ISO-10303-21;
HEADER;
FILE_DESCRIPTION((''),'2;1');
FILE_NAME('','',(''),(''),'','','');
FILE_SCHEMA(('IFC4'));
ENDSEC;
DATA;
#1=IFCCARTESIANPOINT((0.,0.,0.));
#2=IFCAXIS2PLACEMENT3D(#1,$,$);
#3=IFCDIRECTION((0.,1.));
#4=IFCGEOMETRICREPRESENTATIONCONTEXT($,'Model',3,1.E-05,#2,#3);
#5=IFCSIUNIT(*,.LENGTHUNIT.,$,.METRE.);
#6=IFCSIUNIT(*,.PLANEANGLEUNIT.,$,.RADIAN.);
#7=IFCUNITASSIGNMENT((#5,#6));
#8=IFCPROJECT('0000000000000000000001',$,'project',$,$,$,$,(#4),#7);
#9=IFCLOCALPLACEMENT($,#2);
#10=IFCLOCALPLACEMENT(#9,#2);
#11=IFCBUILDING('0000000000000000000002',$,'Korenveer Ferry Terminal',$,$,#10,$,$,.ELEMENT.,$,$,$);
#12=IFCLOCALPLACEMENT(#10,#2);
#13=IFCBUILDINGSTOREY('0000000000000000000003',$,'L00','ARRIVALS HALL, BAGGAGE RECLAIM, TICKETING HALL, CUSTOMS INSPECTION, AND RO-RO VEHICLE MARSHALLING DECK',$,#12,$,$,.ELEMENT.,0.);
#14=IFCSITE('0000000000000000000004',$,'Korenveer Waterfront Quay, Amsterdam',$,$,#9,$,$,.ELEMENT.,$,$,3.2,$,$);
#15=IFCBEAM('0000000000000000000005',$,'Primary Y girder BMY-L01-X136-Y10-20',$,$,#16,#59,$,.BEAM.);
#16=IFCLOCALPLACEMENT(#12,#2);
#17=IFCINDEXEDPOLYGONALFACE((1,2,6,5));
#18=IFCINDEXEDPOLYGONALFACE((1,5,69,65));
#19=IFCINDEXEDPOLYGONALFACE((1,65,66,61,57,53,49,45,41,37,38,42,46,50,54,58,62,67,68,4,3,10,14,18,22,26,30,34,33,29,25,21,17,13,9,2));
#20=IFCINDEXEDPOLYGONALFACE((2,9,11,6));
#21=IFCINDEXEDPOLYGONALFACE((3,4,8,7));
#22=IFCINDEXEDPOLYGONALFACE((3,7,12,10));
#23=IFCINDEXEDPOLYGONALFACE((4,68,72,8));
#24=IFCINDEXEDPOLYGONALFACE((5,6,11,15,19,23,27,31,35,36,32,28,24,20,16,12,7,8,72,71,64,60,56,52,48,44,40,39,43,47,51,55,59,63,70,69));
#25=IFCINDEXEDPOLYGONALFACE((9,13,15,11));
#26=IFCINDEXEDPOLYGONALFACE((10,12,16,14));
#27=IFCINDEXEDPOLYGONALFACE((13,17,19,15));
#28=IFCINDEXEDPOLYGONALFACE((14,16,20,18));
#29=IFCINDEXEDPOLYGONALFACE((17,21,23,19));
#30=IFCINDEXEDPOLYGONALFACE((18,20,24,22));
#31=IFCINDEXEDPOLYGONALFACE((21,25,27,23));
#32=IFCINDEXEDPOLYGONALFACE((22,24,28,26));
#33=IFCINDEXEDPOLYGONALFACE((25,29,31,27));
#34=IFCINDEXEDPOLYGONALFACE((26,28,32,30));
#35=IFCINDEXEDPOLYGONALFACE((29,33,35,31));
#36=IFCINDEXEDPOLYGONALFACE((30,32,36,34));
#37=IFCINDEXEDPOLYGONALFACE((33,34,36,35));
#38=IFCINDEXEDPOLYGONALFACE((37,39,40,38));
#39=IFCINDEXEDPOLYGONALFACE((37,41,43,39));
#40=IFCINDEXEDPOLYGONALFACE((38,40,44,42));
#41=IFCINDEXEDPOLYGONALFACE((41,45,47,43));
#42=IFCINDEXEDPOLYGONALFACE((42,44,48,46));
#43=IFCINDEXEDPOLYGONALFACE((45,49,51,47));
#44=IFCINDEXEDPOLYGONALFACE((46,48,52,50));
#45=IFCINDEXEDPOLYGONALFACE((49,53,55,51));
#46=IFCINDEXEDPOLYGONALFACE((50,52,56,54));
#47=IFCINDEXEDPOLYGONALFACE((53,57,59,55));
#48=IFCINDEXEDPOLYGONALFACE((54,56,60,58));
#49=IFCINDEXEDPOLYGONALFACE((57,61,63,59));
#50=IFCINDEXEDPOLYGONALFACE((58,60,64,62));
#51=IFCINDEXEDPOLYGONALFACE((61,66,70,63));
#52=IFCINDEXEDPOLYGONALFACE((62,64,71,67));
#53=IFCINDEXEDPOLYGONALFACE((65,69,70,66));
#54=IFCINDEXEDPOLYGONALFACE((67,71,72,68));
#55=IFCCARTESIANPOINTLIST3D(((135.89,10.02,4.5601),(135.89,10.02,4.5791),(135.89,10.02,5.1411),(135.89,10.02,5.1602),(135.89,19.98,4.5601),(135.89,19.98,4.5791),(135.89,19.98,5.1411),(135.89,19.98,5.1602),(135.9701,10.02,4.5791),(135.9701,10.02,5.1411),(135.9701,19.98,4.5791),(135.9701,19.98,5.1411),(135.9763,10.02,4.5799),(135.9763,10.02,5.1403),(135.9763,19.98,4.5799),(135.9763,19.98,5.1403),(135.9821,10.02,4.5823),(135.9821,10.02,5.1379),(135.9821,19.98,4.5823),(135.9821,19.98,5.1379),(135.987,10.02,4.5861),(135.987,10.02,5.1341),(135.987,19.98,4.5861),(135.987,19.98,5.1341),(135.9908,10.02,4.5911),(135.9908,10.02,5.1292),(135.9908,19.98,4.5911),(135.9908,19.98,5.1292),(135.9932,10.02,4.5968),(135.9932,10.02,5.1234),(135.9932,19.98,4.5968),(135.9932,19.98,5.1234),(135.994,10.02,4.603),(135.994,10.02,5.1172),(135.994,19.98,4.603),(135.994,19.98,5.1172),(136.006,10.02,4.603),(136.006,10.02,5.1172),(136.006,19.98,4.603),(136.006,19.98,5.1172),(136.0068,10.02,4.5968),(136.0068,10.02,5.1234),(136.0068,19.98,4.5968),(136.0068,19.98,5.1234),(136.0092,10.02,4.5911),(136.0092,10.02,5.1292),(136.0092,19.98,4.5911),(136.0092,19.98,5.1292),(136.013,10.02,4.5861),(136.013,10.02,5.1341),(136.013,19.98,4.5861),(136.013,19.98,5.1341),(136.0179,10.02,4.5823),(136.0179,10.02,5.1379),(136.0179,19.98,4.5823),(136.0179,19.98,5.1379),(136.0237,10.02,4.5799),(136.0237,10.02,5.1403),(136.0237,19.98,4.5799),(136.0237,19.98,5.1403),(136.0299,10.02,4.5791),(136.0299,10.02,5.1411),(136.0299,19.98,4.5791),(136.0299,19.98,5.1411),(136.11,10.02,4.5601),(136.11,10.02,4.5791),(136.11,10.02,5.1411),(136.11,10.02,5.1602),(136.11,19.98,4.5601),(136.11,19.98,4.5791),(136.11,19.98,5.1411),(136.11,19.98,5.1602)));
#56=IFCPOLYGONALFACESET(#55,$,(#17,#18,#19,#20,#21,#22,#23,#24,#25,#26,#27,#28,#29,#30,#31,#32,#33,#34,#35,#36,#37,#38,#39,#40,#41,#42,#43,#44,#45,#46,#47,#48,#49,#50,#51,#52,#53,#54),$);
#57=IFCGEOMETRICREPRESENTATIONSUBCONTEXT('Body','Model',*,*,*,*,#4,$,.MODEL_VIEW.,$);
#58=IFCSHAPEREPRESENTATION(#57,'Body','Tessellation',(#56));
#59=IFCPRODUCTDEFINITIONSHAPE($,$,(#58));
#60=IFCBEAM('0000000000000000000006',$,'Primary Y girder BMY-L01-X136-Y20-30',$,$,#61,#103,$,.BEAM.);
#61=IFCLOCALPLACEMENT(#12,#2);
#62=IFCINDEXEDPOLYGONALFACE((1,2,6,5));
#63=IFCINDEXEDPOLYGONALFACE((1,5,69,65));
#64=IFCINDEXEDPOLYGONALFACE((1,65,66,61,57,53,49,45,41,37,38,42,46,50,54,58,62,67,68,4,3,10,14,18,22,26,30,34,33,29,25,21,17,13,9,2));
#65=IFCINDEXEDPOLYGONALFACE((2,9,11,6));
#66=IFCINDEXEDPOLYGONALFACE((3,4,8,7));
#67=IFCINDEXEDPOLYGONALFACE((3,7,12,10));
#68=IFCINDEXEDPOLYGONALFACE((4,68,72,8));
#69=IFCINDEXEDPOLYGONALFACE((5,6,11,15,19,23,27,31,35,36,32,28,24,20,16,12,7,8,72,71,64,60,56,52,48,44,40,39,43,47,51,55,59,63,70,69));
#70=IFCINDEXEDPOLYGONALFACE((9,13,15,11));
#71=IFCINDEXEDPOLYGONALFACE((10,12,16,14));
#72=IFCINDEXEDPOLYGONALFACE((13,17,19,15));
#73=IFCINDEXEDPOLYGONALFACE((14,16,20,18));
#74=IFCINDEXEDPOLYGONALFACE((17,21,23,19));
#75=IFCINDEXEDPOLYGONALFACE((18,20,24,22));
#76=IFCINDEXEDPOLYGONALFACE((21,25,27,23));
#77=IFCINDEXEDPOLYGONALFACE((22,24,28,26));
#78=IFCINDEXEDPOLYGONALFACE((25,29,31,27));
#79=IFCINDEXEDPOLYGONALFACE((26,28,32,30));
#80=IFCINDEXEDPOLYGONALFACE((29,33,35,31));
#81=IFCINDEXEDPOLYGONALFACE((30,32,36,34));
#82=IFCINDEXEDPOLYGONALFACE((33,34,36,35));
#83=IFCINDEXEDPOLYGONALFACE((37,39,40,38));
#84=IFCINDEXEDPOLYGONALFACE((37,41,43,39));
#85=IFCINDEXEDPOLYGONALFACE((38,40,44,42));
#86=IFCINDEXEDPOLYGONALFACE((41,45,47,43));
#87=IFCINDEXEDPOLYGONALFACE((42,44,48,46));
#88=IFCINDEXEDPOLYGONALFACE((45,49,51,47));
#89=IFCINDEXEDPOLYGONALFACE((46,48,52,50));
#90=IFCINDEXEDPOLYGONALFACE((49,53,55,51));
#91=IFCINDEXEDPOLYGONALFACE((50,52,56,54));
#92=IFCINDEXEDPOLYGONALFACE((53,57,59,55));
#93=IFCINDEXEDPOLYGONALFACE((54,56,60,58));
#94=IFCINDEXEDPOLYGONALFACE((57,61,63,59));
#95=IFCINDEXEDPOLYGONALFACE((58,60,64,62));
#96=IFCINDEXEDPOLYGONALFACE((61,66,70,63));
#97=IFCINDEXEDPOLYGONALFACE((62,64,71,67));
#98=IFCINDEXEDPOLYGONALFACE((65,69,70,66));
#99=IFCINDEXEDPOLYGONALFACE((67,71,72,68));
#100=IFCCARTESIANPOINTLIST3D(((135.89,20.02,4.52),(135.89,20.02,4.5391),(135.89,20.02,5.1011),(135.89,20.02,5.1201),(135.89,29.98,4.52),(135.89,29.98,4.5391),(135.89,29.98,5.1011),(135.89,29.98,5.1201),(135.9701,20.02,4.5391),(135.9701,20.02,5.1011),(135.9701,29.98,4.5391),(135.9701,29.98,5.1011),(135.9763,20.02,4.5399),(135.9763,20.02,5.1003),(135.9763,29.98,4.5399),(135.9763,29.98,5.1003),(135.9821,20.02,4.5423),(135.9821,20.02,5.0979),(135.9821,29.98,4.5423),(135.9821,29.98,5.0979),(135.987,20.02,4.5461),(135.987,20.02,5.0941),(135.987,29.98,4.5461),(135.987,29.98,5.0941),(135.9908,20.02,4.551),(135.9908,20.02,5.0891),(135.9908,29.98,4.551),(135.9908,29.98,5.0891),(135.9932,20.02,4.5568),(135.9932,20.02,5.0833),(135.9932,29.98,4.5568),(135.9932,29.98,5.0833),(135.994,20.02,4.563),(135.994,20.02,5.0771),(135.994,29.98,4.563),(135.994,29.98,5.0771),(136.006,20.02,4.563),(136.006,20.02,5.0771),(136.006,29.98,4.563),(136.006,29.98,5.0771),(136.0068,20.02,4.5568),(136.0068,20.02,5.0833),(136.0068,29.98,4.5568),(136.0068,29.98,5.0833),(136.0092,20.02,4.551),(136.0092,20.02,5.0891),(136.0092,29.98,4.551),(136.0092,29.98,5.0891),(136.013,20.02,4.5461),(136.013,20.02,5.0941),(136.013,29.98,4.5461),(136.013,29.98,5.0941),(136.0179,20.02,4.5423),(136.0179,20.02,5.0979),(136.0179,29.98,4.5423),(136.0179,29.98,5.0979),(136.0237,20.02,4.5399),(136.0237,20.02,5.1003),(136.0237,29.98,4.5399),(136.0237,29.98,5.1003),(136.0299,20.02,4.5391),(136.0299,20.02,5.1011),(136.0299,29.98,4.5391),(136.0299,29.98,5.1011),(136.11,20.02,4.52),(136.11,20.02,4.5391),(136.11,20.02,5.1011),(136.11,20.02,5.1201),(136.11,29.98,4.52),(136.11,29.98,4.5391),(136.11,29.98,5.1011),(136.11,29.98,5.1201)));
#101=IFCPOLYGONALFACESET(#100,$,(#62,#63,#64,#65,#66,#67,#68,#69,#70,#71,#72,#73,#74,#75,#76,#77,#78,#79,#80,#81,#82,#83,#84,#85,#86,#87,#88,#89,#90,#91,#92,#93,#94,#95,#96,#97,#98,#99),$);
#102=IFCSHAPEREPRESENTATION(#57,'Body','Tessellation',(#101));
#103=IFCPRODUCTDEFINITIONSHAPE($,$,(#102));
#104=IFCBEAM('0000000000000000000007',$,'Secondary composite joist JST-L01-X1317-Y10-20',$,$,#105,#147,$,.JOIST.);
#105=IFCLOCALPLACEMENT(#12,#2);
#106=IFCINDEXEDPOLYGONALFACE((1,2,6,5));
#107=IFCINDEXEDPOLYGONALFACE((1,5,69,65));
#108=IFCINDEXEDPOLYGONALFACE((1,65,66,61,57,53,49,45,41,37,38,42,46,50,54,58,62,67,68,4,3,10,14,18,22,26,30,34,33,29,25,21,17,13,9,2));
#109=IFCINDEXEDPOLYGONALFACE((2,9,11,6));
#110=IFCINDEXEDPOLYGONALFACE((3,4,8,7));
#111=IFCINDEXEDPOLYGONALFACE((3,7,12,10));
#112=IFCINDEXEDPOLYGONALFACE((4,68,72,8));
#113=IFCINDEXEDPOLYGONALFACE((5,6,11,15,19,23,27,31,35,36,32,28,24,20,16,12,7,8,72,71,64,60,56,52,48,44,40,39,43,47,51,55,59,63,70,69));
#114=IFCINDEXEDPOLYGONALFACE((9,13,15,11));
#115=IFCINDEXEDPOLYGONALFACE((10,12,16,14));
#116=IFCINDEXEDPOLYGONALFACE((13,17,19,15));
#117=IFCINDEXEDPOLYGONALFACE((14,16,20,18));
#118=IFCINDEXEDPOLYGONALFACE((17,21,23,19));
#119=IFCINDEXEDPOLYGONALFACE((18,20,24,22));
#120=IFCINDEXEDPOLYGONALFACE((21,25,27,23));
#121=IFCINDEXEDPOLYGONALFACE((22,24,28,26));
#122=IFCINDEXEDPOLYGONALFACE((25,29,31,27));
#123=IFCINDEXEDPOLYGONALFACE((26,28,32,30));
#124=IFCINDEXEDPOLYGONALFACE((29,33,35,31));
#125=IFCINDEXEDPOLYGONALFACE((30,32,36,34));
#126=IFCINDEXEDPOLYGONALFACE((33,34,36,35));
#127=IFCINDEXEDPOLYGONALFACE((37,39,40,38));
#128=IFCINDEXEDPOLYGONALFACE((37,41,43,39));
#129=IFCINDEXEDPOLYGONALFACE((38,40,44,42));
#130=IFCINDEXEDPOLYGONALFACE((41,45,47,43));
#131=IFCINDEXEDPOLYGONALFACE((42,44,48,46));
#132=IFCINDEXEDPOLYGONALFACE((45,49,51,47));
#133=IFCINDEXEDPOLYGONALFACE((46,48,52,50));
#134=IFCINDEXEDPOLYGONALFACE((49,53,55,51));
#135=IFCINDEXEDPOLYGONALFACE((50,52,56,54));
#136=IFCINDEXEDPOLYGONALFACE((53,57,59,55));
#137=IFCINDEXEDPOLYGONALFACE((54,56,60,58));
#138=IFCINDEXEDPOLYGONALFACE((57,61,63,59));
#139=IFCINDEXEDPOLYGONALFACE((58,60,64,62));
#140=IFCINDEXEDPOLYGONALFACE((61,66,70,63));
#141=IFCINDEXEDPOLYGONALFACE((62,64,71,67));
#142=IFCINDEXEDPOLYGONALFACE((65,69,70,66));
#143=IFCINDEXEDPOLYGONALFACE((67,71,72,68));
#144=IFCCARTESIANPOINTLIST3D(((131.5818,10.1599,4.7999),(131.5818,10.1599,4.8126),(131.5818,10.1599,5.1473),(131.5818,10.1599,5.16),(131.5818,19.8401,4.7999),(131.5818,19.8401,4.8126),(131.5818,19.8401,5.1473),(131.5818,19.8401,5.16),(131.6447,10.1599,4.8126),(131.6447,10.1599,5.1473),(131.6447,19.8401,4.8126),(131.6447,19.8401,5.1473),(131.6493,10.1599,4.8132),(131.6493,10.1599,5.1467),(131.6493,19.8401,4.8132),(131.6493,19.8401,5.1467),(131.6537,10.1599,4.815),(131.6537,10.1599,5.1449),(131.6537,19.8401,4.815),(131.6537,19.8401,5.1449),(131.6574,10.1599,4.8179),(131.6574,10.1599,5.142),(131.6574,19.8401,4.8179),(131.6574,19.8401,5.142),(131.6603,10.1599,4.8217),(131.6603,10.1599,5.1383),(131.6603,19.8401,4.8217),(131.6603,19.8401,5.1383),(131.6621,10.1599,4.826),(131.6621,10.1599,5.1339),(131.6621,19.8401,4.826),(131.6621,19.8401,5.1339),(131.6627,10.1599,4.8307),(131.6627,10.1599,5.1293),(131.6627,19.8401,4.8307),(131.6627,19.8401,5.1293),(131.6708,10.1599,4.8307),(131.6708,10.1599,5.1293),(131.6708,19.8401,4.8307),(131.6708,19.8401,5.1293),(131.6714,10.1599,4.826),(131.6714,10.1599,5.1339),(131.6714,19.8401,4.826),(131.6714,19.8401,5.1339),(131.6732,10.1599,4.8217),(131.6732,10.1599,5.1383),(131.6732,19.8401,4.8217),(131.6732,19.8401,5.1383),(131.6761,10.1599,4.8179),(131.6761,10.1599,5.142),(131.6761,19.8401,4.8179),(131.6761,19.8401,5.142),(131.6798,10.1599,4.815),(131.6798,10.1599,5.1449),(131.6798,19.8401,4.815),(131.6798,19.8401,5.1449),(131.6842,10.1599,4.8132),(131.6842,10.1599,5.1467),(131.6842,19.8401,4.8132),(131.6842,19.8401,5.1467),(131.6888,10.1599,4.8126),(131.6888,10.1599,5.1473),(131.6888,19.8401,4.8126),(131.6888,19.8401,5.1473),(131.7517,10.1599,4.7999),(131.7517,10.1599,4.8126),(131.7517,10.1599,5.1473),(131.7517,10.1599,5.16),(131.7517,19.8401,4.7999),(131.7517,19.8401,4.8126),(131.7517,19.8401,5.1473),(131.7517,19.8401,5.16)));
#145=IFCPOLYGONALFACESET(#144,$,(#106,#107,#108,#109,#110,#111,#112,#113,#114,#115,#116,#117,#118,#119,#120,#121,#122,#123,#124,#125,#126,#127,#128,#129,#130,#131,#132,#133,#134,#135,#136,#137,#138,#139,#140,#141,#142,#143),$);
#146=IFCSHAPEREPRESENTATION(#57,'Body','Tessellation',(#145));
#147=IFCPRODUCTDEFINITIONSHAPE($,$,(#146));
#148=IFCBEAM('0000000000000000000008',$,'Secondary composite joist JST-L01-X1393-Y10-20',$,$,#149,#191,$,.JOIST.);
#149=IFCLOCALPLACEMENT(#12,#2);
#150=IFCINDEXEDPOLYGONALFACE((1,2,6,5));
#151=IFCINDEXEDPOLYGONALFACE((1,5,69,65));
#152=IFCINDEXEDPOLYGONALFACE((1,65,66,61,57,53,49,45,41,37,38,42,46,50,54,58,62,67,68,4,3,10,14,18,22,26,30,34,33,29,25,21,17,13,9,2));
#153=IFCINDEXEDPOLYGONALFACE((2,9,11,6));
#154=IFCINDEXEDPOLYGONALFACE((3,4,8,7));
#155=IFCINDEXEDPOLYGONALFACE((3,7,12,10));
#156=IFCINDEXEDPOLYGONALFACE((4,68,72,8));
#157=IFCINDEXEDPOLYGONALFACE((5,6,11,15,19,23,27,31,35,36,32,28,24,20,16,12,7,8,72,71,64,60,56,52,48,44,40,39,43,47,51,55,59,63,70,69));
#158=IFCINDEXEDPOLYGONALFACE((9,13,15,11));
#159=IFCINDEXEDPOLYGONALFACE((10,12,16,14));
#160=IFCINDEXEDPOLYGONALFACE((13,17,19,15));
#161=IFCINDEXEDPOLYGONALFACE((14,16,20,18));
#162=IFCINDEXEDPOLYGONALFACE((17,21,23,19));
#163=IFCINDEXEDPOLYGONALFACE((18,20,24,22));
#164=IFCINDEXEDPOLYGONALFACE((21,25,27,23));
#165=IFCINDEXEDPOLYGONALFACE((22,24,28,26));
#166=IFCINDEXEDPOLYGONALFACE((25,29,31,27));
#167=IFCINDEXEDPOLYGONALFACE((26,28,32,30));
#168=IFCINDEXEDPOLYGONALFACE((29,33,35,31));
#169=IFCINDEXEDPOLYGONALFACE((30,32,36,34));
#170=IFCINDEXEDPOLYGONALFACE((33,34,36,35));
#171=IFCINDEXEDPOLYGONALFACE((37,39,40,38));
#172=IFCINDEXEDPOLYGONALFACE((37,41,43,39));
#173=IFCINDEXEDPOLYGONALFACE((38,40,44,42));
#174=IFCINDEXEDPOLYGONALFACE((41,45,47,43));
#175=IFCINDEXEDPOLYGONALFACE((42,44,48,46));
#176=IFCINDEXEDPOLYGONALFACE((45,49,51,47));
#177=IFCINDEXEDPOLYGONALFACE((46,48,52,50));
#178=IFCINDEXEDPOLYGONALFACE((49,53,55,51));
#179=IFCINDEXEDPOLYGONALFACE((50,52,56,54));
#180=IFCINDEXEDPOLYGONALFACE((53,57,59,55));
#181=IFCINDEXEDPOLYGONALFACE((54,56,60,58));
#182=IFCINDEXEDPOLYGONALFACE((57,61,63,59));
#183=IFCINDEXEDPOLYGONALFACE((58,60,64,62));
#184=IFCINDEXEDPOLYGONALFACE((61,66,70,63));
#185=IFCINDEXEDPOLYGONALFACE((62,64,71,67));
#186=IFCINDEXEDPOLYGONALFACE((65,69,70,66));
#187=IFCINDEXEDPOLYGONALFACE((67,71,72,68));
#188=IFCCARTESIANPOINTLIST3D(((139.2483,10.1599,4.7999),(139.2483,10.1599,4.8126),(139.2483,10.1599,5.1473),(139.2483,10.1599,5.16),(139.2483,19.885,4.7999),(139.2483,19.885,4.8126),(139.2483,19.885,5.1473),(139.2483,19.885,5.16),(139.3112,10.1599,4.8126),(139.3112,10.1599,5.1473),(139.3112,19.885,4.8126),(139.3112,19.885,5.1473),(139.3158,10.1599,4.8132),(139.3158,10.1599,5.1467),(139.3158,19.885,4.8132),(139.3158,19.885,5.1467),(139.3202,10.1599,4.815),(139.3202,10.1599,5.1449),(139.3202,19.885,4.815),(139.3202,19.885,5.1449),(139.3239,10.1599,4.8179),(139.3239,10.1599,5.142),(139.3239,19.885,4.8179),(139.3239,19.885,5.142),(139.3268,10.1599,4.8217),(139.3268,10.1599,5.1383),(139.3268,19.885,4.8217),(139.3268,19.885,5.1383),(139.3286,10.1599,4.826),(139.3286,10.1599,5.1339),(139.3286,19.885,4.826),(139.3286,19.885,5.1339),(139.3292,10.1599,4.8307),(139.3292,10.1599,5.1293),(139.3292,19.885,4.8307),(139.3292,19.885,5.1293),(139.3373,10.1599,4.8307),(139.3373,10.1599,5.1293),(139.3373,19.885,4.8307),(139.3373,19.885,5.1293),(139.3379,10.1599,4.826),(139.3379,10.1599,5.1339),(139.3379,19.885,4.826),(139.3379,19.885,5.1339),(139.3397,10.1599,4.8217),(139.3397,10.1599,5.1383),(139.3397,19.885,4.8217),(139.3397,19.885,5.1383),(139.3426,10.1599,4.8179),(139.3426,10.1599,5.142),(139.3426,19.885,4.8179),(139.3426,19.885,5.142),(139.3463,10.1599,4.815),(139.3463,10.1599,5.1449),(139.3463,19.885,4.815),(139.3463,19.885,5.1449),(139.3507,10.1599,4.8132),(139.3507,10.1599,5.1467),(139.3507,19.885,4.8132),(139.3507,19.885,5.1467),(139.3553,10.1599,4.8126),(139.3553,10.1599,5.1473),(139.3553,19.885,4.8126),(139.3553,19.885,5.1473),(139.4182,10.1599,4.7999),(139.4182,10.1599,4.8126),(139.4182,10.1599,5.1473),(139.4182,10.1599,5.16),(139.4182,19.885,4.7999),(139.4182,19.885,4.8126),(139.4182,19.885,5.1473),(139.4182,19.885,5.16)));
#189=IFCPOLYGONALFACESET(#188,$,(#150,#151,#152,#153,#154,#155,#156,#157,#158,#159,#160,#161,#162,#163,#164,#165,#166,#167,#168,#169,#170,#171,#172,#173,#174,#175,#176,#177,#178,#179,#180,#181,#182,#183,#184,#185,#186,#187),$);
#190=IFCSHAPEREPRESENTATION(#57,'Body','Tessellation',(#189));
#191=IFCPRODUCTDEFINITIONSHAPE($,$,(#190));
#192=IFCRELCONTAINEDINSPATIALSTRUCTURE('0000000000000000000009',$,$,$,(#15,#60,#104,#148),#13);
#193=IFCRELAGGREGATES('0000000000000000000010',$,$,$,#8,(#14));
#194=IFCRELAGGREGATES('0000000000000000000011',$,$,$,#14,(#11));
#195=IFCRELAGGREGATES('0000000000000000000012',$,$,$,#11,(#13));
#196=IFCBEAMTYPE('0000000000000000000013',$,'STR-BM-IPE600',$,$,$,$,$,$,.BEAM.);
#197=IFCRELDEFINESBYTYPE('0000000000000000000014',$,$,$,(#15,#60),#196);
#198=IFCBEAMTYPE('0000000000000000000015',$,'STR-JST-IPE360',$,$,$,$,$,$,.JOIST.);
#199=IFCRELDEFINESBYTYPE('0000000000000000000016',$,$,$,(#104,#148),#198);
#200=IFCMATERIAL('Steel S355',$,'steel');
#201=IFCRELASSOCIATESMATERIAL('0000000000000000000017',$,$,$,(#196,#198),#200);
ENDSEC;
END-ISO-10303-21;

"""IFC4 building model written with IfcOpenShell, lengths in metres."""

from ifc_helpers import new_model, si_unit, direction, frame, origin, origin_2d, place, context, subcontext, project, spatial, i_section, extrude, material, material_profile, profile_set, type_object, element, save


model = new_model("IFC4")

# Units and contexts
model_context = context("Model", 3, precision=1e-05, world=origin(), true_north=direction((0.0, 1.0)))
body_context = subcontext(model_context, "Body", "Model", "MODEL_VIEW")
ifc_project = project(units=[si_unit("LENGTHUNIT", "METRE"), si_unit("PLANEANGLEUNIT", "RADIAN")], contexts=[model_context])

# Site, building, storey
site_placement = place(None, origin())
site = spatial("IfcSite", under=ifc_project, at=site_placement, Name="Korenveer Waterfront Quay, Amsterdam", CompositionType="ELEMENT", RefElevation=3.2)
building_placement = place(site_placement, origin())
building = spatial("IfcBuilding", under=site, at=building_placement, Name="Korenveer Ferry Terminal", CompositionType="ELEMENT")
storey_placement = place(building_placement, origin())
storey = spatial("IfcBuildingStorey", under=building, at=storey_placement, Name="L00", Description="ARRIVALS HALL, BAGGAGE RECLAIM, TICKETING HALL, CUSTOMS INSPECTION, AND RO-RO VEHICLE MARSHALLING DECK", CompositionType="ELEMENT", Elevation=0.0)

# Beams
ifc_material_1 = material(Name="Steel S355", Category="steel")
ifc_material_profile_1 = material_profile(ifc_material_1, i_section(OverallWidth=0.22, OverallDepth=0.6001, WebThickness=0.012, FlangeThickness=0.019, FilletRadius=0.0239, at=origin_2d()), Name="IPE 600")
ifc_profile_set_1 = profile_set([ifc_material_profile_1], Name="Steel S355")
beam_type_1 = type_object("IfcBeamType", Name="STR-BM-IPE600", PredefinedType="BEAM", material=ifc_profile_set_1)
for number, where, z_axis, x_axis, name in (
    (1, (136.0, 10.02, 4.8601), (0.0, 1.0, 0.0), (-1.0, 0.0, 0.0), "Primary Y girder BMY-L01-X136-Y10-20"),
    (2, (136.0, 20.02, 4.8201), (0.0, 1.0, 0.0), (-1.0, 0.0, 0.0), "Primary Y girder BMY-L01-X136-Y20-30"),
):
    element("IfcBeam", number, at=place(storey_placement, frame(where, z_axis=z_axis, x_axis=x_axis)), inside=storey, type_object=beam_type_1, Name=name, PredefinedType="BEAM", context=body_context, shape_type="SweptSolid", body=[
        extrude(i_section(OverallWidth=0.22, OverallDepth=0.6001, WebThickness=0.012, FlangeThickness=0.019, FilletRadius=0.0239, at=origin_2d()), origin(), (0.0, 0.0, 1.0), 9.96),
    ])
ifc_material_profile_2 = material_profile(ifc_material_1, i_section(OverallWidth=0.1699, OverallDepth=0.3601, WebThickness=0.0081, FlangeThickness=0.0127, FilletRadius=0.0181, at=origin_2d()), Name="IPE 360")
ifc_profile_set_2 = profile_set([ifc_material_profile_2], Name="Steel S355")
beam_type_2 = type_object("IfcBeamType", Name="STR-JST-IPE360", PredefinedType="JOIST", material=ifc_profile_set_2)
beam_1_placement = place(storey_placement, frame((131.6667, 10.1599, 4.98), z_axis=(0.0, 1.0, 0.0), x_axis=(-1.0, 0.0, 0.0)))
element("IfcBeam", 3, at=beam_1_placement, inside=storey, type_object=beam_type_2, Name="Secondary composite joist JST-L01-X1317-Y10-20", PredefinedType="JOIST", context=body_context, shape_type="SweptSolid", body=[
    extrude(i_section(OverallWidth=0.1699, OverallDepth=0.3601, WebThickness=0.0081, FlangeThickness=0.0127, FilletRadius=0.0181, at=origin_2d()), origin(), (0.0, 0.0, 1.0), 9.6802),
])
for number, where, z_axis, x_axis, name in (
    (4, (139.3333, 10.1599, 4.98), (0.0, 1.0, 0.0), (-1.0, 0.0, 0.0), "Secondary composite joist JST-L01-X1393-Y10-20"),
):
    element("IfcBeam", number, at=place(storey_placement, frame(where, z_axis=z_axis, x_axis=x_axis)), inside=storey, type_object=beam_type_2, Name=name, PredefinedType="JOIST", context=body_context, shape_type="SweptSolid", body=[
        extrude(i_section(OverallWidth=0.1699, OverallDepth=0.3601, WebThickness=0.0081, FlangeThickness=0.0127, FilletRadius=0.0181, at=origin_2d()), origin(), (0.0, 0.0, 1.0), 9.7251),
    ])

save(model, "model.ifc")
